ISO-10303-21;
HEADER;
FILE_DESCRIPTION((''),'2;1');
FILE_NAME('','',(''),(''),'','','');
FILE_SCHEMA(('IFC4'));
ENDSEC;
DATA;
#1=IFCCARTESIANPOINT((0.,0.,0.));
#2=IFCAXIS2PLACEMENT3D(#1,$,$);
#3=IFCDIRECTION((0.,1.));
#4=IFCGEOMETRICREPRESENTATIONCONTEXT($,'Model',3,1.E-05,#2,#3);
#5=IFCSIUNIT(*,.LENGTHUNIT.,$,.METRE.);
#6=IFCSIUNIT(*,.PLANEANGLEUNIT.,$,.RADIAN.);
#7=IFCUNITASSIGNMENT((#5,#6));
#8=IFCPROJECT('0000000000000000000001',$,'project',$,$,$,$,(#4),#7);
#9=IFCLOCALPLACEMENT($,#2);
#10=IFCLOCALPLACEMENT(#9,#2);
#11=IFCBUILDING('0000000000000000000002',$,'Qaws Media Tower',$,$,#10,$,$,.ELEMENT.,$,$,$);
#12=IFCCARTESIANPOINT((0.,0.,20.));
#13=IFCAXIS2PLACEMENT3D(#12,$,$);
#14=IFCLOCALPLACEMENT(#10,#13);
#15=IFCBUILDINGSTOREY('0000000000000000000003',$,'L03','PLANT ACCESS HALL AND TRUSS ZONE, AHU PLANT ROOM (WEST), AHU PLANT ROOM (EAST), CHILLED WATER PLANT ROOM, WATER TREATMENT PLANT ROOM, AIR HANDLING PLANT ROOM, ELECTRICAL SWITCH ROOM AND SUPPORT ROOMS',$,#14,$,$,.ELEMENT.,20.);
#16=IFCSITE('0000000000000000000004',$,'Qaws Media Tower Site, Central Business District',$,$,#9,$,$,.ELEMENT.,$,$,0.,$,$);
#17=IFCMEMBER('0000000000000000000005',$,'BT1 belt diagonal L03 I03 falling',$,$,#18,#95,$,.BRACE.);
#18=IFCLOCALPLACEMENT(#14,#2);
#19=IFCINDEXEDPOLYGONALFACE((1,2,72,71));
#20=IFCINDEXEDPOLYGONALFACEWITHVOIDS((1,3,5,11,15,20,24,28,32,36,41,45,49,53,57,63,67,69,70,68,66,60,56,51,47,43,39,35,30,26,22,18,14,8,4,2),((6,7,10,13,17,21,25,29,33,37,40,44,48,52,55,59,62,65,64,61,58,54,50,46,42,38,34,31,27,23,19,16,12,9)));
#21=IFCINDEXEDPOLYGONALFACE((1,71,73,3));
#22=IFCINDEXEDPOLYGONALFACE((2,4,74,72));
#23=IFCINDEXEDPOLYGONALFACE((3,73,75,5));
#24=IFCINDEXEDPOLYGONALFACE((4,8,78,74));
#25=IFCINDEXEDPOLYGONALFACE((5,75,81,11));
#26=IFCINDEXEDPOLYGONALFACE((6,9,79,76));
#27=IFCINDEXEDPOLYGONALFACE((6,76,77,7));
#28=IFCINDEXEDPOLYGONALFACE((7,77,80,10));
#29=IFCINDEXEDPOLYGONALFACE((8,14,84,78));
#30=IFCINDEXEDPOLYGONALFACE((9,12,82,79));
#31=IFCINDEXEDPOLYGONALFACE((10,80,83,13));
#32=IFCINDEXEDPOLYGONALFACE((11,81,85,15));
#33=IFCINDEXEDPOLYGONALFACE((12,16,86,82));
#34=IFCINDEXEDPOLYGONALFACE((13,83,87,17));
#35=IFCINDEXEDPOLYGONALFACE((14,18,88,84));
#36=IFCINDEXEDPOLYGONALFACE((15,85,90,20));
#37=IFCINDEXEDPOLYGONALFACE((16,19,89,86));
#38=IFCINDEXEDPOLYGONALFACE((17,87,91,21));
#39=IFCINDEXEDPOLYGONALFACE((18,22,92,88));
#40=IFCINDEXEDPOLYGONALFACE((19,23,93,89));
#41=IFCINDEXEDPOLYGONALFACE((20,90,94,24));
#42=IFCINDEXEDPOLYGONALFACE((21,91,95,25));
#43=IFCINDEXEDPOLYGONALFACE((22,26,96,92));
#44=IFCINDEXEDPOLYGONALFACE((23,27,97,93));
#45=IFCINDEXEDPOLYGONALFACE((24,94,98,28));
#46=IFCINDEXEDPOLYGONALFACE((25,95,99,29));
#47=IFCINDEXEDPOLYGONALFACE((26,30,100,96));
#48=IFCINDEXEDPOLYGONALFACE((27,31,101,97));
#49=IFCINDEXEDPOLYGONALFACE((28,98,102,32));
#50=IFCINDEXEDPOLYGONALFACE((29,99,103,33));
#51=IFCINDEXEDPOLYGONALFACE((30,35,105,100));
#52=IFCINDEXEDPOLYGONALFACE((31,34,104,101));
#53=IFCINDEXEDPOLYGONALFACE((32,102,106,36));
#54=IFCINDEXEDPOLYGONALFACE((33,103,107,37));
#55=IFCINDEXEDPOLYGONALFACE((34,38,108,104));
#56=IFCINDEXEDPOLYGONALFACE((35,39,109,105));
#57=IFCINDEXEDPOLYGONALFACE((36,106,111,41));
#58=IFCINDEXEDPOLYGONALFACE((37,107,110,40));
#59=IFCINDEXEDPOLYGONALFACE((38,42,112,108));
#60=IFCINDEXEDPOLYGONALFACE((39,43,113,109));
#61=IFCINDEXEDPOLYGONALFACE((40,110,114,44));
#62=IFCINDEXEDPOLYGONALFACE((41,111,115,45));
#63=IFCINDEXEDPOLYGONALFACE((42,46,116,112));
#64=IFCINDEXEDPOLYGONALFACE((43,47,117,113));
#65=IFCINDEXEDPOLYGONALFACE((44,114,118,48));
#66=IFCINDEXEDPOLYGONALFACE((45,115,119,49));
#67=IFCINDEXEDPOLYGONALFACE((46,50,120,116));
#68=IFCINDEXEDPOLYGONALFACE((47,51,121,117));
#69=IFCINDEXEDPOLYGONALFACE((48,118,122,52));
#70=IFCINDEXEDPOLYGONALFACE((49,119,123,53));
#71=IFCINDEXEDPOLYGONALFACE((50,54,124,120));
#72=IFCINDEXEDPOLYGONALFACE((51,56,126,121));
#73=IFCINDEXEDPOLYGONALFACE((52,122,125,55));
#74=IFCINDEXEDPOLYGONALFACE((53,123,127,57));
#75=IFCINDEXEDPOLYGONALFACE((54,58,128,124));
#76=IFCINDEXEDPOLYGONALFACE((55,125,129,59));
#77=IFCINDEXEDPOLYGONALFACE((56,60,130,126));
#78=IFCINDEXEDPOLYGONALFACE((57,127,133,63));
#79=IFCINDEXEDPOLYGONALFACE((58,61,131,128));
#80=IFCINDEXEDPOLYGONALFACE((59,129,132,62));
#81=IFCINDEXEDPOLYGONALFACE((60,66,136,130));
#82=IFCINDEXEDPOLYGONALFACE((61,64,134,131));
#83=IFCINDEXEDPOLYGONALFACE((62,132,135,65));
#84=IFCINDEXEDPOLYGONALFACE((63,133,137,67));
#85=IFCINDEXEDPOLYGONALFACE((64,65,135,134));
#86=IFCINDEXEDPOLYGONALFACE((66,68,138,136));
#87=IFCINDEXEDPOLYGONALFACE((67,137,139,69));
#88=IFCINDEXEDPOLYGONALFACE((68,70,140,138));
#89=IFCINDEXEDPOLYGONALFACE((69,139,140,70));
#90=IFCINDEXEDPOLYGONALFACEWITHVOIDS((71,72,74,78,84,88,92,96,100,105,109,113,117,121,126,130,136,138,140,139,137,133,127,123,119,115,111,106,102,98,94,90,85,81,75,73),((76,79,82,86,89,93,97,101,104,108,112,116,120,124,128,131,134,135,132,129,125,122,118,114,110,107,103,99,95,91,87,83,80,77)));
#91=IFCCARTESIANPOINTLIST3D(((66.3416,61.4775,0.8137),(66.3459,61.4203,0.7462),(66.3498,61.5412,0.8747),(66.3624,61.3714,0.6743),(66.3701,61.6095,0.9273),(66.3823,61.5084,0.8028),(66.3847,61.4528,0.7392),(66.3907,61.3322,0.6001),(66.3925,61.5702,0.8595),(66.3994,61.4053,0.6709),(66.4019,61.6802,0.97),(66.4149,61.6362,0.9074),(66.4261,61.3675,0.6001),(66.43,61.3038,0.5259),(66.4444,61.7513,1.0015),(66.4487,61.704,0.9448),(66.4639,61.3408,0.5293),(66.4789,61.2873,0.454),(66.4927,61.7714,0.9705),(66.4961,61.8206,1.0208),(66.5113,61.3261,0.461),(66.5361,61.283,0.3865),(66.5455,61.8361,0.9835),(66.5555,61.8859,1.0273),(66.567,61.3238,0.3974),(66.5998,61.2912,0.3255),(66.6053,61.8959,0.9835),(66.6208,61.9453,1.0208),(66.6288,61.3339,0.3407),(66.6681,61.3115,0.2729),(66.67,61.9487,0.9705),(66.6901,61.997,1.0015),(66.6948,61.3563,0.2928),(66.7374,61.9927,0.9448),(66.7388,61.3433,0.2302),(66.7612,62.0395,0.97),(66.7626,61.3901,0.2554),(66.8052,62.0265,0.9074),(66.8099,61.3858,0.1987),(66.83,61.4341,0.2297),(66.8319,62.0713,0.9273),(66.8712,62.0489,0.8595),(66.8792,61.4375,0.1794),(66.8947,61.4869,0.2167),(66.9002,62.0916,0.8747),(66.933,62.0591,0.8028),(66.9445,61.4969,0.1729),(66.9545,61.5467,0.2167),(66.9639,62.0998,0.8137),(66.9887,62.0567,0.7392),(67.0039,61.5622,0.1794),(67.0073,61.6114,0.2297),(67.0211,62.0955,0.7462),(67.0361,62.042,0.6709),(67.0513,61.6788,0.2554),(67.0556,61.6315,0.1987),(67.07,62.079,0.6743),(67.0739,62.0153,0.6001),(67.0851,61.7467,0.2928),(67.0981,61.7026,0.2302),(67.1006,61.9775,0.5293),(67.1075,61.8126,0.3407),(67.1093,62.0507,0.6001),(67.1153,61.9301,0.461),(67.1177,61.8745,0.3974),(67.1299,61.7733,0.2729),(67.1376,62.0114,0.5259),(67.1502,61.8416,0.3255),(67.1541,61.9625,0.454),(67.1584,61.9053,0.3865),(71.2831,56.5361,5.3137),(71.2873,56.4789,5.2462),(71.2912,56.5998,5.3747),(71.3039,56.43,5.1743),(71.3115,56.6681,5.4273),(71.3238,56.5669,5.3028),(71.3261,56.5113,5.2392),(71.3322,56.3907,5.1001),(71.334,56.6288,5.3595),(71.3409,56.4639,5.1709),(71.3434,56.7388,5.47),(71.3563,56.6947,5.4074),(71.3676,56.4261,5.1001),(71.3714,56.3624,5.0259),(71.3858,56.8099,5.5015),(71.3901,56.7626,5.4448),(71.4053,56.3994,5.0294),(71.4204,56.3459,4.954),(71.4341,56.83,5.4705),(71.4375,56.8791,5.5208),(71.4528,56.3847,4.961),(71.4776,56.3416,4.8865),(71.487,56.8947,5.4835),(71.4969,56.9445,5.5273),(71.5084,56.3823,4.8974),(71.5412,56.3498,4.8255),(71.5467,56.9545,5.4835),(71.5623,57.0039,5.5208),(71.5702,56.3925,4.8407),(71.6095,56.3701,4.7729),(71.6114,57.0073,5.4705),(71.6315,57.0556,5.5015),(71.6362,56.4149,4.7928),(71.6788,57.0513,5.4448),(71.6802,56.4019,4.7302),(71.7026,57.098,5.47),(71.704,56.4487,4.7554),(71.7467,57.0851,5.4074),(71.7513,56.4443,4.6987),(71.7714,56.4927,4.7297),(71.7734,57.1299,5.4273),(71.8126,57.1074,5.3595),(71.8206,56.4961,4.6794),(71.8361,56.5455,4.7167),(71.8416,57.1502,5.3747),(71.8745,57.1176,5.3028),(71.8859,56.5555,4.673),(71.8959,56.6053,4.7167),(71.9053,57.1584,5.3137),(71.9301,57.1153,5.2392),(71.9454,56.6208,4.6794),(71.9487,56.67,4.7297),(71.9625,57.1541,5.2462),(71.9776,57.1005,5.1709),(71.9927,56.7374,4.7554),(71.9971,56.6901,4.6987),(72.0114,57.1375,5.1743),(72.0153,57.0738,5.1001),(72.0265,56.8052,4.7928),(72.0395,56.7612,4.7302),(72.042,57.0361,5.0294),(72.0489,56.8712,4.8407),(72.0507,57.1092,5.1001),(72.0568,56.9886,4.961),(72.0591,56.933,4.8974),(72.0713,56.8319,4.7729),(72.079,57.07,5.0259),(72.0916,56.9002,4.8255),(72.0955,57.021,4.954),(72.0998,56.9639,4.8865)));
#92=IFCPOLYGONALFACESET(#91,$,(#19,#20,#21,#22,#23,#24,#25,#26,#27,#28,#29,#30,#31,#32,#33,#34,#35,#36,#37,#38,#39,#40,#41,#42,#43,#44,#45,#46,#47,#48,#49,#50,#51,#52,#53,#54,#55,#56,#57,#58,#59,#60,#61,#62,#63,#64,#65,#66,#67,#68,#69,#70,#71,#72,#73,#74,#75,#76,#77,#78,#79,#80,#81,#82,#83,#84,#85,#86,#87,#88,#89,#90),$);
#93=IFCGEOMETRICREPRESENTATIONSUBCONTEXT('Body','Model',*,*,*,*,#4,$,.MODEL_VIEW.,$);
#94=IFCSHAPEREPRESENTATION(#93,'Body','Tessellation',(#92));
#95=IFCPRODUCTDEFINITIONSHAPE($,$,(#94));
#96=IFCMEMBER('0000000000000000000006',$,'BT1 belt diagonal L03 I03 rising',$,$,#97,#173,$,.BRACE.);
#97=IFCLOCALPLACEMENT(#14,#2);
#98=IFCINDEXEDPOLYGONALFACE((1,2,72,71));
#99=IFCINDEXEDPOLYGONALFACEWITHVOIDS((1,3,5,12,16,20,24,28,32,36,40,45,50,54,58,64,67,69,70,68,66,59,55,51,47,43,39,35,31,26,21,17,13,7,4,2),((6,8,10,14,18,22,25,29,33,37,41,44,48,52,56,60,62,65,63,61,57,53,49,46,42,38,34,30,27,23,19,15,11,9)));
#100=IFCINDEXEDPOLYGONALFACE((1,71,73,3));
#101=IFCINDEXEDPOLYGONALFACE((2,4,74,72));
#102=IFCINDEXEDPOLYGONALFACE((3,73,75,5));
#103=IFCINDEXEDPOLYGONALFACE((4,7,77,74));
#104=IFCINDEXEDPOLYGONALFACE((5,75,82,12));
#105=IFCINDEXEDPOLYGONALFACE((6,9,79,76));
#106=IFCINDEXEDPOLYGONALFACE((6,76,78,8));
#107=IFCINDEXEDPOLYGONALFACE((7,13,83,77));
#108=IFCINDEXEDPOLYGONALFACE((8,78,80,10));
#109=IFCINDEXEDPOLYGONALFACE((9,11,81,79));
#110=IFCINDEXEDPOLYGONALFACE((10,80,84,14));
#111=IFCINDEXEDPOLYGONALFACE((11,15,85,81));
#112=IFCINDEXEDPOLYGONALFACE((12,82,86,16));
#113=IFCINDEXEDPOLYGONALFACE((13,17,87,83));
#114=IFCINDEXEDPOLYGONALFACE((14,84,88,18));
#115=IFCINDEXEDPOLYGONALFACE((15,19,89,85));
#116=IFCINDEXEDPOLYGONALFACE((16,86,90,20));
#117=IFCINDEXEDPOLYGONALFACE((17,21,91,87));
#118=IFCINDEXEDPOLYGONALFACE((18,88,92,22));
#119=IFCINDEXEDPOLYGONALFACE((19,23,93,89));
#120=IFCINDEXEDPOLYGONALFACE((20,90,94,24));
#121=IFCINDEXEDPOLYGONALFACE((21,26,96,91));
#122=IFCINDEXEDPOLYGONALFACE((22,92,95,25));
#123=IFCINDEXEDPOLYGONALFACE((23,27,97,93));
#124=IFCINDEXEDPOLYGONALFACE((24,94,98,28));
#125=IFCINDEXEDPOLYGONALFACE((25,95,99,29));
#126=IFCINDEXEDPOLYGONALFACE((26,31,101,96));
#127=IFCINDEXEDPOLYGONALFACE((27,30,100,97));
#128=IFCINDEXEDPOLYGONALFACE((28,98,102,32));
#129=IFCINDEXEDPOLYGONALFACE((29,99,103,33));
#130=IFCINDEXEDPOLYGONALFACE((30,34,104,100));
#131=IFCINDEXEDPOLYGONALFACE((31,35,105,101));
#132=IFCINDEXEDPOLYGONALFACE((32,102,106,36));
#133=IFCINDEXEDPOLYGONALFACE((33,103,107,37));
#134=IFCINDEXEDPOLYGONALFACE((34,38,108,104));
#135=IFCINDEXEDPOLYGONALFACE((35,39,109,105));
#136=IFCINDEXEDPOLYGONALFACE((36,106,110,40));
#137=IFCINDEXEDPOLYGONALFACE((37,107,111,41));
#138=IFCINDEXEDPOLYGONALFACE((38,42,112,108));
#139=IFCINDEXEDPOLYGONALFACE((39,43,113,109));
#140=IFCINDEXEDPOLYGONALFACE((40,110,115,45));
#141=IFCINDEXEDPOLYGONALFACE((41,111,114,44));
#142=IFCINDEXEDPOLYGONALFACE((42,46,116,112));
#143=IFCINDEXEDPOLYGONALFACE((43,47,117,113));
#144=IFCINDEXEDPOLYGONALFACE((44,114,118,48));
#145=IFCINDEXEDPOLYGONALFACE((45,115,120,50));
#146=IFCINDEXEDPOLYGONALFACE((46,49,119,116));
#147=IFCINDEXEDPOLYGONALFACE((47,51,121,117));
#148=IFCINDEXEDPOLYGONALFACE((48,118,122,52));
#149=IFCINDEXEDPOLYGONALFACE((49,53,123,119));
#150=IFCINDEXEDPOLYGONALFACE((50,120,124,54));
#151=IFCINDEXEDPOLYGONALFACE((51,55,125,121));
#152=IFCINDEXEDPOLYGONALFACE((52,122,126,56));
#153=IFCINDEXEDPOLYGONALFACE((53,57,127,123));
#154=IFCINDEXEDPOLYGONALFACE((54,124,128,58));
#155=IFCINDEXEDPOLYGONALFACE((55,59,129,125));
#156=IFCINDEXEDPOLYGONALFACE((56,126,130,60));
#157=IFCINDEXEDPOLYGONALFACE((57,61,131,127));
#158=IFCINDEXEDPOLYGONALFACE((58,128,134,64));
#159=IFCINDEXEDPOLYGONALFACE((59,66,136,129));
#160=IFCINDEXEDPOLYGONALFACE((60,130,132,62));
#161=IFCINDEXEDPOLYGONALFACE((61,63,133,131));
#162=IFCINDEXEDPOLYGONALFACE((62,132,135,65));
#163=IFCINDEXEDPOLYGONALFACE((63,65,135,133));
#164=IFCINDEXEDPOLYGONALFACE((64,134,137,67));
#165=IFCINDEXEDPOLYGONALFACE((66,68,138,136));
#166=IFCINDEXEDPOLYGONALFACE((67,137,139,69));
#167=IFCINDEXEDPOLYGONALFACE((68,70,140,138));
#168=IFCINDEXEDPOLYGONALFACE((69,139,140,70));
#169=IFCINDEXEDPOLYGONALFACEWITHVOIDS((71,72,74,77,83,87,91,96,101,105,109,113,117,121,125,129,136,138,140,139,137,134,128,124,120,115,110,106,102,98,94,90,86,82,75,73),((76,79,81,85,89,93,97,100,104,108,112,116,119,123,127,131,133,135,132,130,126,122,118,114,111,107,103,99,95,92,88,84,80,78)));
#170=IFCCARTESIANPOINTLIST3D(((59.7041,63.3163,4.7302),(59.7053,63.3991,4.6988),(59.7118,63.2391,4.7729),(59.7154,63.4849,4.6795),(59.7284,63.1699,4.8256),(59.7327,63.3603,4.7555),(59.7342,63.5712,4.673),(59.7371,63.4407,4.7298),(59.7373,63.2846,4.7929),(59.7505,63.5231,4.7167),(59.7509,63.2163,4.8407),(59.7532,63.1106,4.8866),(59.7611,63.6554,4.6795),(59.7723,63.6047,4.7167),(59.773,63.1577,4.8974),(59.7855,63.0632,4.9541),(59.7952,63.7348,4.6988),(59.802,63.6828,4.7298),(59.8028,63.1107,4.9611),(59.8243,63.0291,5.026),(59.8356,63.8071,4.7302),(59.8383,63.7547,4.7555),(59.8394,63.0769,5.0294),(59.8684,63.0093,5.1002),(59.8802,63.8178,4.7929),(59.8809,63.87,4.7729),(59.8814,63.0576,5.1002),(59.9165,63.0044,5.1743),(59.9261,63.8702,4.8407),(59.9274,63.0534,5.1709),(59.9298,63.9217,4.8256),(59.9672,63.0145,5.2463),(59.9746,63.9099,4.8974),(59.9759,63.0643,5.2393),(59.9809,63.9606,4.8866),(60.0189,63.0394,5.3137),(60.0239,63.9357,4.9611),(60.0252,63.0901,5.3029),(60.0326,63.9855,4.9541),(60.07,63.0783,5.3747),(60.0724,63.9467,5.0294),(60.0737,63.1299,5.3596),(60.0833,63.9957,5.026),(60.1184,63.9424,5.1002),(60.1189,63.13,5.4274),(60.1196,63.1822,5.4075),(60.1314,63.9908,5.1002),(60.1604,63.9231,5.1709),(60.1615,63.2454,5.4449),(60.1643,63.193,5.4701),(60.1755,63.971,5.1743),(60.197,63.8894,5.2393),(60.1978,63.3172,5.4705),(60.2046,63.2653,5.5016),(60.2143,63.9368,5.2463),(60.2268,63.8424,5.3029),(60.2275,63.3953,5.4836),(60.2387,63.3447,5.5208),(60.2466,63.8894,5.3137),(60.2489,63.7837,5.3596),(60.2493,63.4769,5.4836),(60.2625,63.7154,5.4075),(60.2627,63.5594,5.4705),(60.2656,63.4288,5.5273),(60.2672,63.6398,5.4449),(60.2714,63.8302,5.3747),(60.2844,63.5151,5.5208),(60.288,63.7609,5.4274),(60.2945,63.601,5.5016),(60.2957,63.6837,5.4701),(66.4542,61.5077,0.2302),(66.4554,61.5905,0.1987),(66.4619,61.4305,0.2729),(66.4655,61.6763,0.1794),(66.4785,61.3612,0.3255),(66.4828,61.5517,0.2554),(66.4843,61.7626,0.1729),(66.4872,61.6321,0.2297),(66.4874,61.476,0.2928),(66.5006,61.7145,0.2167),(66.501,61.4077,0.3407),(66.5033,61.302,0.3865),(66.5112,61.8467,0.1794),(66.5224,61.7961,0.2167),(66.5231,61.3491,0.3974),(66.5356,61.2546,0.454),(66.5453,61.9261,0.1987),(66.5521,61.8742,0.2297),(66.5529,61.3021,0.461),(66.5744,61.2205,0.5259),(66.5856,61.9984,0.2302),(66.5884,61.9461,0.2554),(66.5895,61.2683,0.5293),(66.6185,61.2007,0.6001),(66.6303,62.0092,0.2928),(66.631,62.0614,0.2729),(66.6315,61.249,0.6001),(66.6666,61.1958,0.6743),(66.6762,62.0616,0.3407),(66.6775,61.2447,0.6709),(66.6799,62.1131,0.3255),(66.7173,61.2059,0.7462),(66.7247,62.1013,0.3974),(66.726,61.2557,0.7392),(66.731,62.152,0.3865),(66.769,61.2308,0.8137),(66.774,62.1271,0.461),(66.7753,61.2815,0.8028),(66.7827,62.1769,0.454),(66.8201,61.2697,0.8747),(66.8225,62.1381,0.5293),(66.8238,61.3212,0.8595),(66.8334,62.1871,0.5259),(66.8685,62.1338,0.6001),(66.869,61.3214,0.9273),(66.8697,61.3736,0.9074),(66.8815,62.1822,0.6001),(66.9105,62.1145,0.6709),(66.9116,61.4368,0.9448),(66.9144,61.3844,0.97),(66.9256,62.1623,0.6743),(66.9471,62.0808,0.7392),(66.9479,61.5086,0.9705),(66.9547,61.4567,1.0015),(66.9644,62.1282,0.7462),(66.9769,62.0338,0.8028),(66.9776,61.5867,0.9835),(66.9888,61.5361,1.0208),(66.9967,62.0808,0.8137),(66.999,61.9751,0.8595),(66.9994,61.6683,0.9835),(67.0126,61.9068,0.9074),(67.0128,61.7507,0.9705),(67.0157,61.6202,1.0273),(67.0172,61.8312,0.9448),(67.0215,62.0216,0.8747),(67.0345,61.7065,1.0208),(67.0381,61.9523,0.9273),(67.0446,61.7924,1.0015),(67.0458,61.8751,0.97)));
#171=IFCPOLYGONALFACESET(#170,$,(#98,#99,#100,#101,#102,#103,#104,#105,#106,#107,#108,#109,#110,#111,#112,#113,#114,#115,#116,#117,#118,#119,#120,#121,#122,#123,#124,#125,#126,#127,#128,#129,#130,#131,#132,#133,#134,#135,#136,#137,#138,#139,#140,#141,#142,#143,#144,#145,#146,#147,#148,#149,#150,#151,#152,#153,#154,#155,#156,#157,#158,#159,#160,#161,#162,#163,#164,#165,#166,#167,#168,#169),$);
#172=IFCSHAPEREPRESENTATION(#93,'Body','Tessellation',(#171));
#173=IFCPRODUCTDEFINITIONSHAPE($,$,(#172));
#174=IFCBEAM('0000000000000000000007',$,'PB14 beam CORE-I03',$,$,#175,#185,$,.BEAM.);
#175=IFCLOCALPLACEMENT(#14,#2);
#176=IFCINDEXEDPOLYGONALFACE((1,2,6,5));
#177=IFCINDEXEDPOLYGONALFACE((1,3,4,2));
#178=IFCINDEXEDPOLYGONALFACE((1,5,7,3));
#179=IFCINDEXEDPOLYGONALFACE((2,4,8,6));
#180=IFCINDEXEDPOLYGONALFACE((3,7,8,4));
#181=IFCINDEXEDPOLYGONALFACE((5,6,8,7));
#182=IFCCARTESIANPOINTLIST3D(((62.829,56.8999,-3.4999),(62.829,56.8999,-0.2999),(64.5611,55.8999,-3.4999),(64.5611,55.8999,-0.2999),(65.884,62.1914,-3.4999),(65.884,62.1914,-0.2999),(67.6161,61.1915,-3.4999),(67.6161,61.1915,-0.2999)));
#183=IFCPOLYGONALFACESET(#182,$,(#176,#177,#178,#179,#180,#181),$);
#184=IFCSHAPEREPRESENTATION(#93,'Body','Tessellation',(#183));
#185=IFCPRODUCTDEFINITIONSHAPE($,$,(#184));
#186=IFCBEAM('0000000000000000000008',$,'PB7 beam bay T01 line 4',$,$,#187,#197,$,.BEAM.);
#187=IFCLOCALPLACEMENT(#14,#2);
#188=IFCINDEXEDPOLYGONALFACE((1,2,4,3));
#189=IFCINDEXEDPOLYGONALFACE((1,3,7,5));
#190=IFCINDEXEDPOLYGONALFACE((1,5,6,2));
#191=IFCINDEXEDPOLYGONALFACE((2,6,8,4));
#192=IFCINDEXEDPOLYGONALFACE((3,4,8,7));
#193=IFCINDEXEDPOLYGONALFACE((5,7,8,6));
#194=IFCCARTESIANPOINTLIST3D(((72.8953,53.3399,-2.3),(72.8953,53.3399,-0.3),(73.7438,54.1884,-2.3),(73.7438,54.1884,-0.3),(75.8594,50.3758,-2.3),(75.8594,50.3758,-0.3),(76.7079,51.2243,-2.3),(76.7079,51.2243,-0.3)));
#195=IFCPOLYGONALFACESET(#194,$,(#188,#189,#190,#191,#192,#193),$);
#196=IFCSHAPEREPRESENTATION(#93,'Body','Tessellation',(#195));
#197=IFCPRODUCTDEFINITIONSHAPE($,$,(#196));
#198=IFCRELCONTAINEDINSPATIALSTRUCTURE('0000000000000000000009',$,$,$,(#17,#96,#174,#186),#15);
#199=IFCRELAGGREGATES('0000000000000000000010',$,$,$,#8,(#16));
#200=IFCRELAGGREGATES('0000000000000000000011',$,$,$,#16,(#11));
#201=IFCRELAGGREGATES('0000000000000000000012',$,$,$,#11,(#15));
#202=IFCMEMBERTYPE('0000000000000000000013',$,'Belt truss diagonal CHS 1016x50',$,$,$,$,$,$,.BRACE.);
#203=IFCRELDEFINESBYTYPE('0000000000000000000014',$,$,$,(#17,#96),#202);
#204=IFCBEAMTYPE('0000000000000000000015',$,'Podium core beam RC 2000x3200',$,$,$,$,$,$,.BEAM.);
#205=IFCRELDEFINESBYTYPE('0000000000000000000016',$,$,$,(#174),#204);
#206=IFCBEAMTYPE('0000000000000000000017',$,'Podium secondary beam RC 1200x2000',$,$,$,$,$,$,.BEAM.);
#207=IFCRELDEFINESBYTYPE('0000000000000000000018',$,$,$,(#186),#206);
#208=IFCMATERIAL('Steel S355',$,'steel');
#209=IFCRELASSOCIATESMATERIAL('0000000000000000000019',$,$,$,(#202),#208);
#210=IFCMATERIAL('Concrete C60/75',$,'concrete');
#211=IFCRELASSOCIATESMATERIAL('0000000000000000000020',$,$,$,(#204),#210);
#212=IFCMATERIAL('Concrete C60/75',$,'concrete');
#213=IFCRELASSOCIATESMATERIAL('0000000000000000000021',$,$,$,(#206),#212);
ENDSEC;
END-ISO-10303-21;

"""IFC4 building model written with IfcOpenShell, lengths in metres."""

from ifc_helpers import new_model, si_unit, direction, frame, origin, origin_2d, place, context, subcontext, project, spatial, rectangle, hollow_circle, extrude, material, material_profile, profile_set, type_object, element, save


model = new_model("IFC4")

# Units and contexts
model_context = context("Model", 3, precision=1e-05, world=origin(), true_north=direction((0.0, 1.0)))
body_context = subcontext(model_context, "Body", "Model", "MODEL_VIEW")
ifc_project = project(units=[si_unit("LENGTHUNIT", "METRE"), si_unit("PLANEANGLEUNIT", "RADIAN")], contexts=[model_context])

# Site, building, storey
site_placement = place(None, origin())
site = spatial("IfcSite", under=ifc_project, at=site_placement, Name="Qaws Media Tower Site, Central Business District", CompositionType="ELEMENT", RefElevation=0.0)
building_placement = place(site_placement, origin())
building = spatial("IfcBuilding", under=site, at=building_placement, Name="Qaws Media Tower", CompositionType="ELEMENT")
storey_placement = place(building_placement, frame((0.0, 0.0, 20.0)))
storey = spatial("IfcBuildingStorey", under=building, at=storey_placement, Name="L03", Description="PLANT ACCESS HALL AND TRUSS ZONE, AHU PLANT ROOM (WEST), AHU PLANT ROOM (EAST), CHILLED WATER PLANT ROOM, WATER TREATMENT PLANT ROOM, AIR HANDLING PLANT ROOM, ELECTRICAL SWITCH ROOM AND SUPPORT ROOMS", CompositionType="ELEMENT", Elevation=20.0)

# Members
ifc_material_1 = material(Name="Steel S355", Category="steel")
ifc_material_profile_1 = material_profile(ifc_material_1, hollow_circle(Radius=0.5081, WallThickness=0.05, at=origin_2d()), Name="CHS 1016x50")
ifc_profile_set_1 = profile_set([ifc_material_profile_1], Name="Steel S355")
member_type = type_object("IfcMemberType", Name="Belt truss diagonal CHS 1016x50", PredefinedType="BRACE", material=ifc_profile_set_1)
for number, where, z_axis, x_axis, name in (
    (1, (66.75, 61.6914, 0.6001), (0.594509, -0.594509, 0.541403), (0.707107, 0.707107, 0.0), "BT1 belt diagonal L03 I03 falling"),
    (2, (66.75, 61.6914, 0.6001), (-0.812113, 0.217597, 0.541409), (-0.258811, -0.965928, 0.0), "BT1 belt diagonal L03 I03 rising"),
):
    element("IfcMember", number, at=place(storey_placement, frame(where, z_axis=z_axis, x_axis=x_axis)), inside=storey, type_object=member_type, Name=name, PredefinedType="BRACE", context=body_context, shape_type="SweptSolid", body=[
        extrude(hollow_circle(Radius=0.5081, WallThickness=0.05, at=origin_2d()), origin(), (0.0, 0.0, 1.0), 8.3118),
    ])

# Beams
ifc_material_2 = material(Name="Concrete C60/75", Category="concrete")
ifc_material_profile_2 = material_profile(ifc_material_2, rectangle(XDim=2.0, YDim=3.2, at=origin_2d()), Name="RC 2000x3200")
ifc_profile_set_2 = profile_set([ifc_material_profile_2], Name="Concrete C60/75")
beam_type_1 = type_object("IfcBeamType", Name="Podium core beam RC 2000x3200", PredefinedType="BEAM", material=ifc_profile_set_2)
beam_1_placement = place(storey_placement, frame((63.6951, 56.3999, -1.8999), z_axis=(0.499985, 0.866034, 0.0), x_axis=(-0.866034, 0.499985, 0.0)))
element("IfcBeam", 3, at=beam_1_placement, inside=storey, type_object=beam_type_1, Name="PB14 beam CORE-I03", PredefinedType="BEAM", context=body_context, shape_type="SweptSolid", body=[
    extrude(rectangle(XDim=2.0, YDim=3.2, at=origin_2d()), origin(), (0.0, 0.0, 1.0), 6.1101),
])
ifc_material_3 = material(Name="Concrete C60/75", Category="concrete")
ifc_material_profile_3 = material_profile(ifc_material_3, rectangle(XDim=1.2, YDim=2.0, at=origin_2d()), Name="RC 1200x2000")
ifc_profile_set_3 = profile_set([ifc_material_profile_3], Name="Concrete C60/75")
beam_type_2 = type_object("IfcBeamType", Name="Podium secondary beam RC 1200x2000", PredefinedType="BEAM", material=ifc_profile_set_3)
beam_2_placement = place(storey_placement, frame((76.2837, 50.8, -1.3), z_axis=(-0.707107, 0.707107, 0.0), x_axis=(-0.707107, -0.707107, 0.0)))
element("IfcBeam", 4, at=beam_2_placement, inside=storey, type_object=beam_type_2, Name="PB7 beam bay T01 line 4", PredefinedType="BEAM", context=body_context, shape_type="SweptSolid", body=[
    extrude(rectangle(XDim=1.2, YDim=2.0, at=origin_2d()), origin(), (0.0, 0.0, 1.0), 4.1919),
])

save(model, "model.ifc")
